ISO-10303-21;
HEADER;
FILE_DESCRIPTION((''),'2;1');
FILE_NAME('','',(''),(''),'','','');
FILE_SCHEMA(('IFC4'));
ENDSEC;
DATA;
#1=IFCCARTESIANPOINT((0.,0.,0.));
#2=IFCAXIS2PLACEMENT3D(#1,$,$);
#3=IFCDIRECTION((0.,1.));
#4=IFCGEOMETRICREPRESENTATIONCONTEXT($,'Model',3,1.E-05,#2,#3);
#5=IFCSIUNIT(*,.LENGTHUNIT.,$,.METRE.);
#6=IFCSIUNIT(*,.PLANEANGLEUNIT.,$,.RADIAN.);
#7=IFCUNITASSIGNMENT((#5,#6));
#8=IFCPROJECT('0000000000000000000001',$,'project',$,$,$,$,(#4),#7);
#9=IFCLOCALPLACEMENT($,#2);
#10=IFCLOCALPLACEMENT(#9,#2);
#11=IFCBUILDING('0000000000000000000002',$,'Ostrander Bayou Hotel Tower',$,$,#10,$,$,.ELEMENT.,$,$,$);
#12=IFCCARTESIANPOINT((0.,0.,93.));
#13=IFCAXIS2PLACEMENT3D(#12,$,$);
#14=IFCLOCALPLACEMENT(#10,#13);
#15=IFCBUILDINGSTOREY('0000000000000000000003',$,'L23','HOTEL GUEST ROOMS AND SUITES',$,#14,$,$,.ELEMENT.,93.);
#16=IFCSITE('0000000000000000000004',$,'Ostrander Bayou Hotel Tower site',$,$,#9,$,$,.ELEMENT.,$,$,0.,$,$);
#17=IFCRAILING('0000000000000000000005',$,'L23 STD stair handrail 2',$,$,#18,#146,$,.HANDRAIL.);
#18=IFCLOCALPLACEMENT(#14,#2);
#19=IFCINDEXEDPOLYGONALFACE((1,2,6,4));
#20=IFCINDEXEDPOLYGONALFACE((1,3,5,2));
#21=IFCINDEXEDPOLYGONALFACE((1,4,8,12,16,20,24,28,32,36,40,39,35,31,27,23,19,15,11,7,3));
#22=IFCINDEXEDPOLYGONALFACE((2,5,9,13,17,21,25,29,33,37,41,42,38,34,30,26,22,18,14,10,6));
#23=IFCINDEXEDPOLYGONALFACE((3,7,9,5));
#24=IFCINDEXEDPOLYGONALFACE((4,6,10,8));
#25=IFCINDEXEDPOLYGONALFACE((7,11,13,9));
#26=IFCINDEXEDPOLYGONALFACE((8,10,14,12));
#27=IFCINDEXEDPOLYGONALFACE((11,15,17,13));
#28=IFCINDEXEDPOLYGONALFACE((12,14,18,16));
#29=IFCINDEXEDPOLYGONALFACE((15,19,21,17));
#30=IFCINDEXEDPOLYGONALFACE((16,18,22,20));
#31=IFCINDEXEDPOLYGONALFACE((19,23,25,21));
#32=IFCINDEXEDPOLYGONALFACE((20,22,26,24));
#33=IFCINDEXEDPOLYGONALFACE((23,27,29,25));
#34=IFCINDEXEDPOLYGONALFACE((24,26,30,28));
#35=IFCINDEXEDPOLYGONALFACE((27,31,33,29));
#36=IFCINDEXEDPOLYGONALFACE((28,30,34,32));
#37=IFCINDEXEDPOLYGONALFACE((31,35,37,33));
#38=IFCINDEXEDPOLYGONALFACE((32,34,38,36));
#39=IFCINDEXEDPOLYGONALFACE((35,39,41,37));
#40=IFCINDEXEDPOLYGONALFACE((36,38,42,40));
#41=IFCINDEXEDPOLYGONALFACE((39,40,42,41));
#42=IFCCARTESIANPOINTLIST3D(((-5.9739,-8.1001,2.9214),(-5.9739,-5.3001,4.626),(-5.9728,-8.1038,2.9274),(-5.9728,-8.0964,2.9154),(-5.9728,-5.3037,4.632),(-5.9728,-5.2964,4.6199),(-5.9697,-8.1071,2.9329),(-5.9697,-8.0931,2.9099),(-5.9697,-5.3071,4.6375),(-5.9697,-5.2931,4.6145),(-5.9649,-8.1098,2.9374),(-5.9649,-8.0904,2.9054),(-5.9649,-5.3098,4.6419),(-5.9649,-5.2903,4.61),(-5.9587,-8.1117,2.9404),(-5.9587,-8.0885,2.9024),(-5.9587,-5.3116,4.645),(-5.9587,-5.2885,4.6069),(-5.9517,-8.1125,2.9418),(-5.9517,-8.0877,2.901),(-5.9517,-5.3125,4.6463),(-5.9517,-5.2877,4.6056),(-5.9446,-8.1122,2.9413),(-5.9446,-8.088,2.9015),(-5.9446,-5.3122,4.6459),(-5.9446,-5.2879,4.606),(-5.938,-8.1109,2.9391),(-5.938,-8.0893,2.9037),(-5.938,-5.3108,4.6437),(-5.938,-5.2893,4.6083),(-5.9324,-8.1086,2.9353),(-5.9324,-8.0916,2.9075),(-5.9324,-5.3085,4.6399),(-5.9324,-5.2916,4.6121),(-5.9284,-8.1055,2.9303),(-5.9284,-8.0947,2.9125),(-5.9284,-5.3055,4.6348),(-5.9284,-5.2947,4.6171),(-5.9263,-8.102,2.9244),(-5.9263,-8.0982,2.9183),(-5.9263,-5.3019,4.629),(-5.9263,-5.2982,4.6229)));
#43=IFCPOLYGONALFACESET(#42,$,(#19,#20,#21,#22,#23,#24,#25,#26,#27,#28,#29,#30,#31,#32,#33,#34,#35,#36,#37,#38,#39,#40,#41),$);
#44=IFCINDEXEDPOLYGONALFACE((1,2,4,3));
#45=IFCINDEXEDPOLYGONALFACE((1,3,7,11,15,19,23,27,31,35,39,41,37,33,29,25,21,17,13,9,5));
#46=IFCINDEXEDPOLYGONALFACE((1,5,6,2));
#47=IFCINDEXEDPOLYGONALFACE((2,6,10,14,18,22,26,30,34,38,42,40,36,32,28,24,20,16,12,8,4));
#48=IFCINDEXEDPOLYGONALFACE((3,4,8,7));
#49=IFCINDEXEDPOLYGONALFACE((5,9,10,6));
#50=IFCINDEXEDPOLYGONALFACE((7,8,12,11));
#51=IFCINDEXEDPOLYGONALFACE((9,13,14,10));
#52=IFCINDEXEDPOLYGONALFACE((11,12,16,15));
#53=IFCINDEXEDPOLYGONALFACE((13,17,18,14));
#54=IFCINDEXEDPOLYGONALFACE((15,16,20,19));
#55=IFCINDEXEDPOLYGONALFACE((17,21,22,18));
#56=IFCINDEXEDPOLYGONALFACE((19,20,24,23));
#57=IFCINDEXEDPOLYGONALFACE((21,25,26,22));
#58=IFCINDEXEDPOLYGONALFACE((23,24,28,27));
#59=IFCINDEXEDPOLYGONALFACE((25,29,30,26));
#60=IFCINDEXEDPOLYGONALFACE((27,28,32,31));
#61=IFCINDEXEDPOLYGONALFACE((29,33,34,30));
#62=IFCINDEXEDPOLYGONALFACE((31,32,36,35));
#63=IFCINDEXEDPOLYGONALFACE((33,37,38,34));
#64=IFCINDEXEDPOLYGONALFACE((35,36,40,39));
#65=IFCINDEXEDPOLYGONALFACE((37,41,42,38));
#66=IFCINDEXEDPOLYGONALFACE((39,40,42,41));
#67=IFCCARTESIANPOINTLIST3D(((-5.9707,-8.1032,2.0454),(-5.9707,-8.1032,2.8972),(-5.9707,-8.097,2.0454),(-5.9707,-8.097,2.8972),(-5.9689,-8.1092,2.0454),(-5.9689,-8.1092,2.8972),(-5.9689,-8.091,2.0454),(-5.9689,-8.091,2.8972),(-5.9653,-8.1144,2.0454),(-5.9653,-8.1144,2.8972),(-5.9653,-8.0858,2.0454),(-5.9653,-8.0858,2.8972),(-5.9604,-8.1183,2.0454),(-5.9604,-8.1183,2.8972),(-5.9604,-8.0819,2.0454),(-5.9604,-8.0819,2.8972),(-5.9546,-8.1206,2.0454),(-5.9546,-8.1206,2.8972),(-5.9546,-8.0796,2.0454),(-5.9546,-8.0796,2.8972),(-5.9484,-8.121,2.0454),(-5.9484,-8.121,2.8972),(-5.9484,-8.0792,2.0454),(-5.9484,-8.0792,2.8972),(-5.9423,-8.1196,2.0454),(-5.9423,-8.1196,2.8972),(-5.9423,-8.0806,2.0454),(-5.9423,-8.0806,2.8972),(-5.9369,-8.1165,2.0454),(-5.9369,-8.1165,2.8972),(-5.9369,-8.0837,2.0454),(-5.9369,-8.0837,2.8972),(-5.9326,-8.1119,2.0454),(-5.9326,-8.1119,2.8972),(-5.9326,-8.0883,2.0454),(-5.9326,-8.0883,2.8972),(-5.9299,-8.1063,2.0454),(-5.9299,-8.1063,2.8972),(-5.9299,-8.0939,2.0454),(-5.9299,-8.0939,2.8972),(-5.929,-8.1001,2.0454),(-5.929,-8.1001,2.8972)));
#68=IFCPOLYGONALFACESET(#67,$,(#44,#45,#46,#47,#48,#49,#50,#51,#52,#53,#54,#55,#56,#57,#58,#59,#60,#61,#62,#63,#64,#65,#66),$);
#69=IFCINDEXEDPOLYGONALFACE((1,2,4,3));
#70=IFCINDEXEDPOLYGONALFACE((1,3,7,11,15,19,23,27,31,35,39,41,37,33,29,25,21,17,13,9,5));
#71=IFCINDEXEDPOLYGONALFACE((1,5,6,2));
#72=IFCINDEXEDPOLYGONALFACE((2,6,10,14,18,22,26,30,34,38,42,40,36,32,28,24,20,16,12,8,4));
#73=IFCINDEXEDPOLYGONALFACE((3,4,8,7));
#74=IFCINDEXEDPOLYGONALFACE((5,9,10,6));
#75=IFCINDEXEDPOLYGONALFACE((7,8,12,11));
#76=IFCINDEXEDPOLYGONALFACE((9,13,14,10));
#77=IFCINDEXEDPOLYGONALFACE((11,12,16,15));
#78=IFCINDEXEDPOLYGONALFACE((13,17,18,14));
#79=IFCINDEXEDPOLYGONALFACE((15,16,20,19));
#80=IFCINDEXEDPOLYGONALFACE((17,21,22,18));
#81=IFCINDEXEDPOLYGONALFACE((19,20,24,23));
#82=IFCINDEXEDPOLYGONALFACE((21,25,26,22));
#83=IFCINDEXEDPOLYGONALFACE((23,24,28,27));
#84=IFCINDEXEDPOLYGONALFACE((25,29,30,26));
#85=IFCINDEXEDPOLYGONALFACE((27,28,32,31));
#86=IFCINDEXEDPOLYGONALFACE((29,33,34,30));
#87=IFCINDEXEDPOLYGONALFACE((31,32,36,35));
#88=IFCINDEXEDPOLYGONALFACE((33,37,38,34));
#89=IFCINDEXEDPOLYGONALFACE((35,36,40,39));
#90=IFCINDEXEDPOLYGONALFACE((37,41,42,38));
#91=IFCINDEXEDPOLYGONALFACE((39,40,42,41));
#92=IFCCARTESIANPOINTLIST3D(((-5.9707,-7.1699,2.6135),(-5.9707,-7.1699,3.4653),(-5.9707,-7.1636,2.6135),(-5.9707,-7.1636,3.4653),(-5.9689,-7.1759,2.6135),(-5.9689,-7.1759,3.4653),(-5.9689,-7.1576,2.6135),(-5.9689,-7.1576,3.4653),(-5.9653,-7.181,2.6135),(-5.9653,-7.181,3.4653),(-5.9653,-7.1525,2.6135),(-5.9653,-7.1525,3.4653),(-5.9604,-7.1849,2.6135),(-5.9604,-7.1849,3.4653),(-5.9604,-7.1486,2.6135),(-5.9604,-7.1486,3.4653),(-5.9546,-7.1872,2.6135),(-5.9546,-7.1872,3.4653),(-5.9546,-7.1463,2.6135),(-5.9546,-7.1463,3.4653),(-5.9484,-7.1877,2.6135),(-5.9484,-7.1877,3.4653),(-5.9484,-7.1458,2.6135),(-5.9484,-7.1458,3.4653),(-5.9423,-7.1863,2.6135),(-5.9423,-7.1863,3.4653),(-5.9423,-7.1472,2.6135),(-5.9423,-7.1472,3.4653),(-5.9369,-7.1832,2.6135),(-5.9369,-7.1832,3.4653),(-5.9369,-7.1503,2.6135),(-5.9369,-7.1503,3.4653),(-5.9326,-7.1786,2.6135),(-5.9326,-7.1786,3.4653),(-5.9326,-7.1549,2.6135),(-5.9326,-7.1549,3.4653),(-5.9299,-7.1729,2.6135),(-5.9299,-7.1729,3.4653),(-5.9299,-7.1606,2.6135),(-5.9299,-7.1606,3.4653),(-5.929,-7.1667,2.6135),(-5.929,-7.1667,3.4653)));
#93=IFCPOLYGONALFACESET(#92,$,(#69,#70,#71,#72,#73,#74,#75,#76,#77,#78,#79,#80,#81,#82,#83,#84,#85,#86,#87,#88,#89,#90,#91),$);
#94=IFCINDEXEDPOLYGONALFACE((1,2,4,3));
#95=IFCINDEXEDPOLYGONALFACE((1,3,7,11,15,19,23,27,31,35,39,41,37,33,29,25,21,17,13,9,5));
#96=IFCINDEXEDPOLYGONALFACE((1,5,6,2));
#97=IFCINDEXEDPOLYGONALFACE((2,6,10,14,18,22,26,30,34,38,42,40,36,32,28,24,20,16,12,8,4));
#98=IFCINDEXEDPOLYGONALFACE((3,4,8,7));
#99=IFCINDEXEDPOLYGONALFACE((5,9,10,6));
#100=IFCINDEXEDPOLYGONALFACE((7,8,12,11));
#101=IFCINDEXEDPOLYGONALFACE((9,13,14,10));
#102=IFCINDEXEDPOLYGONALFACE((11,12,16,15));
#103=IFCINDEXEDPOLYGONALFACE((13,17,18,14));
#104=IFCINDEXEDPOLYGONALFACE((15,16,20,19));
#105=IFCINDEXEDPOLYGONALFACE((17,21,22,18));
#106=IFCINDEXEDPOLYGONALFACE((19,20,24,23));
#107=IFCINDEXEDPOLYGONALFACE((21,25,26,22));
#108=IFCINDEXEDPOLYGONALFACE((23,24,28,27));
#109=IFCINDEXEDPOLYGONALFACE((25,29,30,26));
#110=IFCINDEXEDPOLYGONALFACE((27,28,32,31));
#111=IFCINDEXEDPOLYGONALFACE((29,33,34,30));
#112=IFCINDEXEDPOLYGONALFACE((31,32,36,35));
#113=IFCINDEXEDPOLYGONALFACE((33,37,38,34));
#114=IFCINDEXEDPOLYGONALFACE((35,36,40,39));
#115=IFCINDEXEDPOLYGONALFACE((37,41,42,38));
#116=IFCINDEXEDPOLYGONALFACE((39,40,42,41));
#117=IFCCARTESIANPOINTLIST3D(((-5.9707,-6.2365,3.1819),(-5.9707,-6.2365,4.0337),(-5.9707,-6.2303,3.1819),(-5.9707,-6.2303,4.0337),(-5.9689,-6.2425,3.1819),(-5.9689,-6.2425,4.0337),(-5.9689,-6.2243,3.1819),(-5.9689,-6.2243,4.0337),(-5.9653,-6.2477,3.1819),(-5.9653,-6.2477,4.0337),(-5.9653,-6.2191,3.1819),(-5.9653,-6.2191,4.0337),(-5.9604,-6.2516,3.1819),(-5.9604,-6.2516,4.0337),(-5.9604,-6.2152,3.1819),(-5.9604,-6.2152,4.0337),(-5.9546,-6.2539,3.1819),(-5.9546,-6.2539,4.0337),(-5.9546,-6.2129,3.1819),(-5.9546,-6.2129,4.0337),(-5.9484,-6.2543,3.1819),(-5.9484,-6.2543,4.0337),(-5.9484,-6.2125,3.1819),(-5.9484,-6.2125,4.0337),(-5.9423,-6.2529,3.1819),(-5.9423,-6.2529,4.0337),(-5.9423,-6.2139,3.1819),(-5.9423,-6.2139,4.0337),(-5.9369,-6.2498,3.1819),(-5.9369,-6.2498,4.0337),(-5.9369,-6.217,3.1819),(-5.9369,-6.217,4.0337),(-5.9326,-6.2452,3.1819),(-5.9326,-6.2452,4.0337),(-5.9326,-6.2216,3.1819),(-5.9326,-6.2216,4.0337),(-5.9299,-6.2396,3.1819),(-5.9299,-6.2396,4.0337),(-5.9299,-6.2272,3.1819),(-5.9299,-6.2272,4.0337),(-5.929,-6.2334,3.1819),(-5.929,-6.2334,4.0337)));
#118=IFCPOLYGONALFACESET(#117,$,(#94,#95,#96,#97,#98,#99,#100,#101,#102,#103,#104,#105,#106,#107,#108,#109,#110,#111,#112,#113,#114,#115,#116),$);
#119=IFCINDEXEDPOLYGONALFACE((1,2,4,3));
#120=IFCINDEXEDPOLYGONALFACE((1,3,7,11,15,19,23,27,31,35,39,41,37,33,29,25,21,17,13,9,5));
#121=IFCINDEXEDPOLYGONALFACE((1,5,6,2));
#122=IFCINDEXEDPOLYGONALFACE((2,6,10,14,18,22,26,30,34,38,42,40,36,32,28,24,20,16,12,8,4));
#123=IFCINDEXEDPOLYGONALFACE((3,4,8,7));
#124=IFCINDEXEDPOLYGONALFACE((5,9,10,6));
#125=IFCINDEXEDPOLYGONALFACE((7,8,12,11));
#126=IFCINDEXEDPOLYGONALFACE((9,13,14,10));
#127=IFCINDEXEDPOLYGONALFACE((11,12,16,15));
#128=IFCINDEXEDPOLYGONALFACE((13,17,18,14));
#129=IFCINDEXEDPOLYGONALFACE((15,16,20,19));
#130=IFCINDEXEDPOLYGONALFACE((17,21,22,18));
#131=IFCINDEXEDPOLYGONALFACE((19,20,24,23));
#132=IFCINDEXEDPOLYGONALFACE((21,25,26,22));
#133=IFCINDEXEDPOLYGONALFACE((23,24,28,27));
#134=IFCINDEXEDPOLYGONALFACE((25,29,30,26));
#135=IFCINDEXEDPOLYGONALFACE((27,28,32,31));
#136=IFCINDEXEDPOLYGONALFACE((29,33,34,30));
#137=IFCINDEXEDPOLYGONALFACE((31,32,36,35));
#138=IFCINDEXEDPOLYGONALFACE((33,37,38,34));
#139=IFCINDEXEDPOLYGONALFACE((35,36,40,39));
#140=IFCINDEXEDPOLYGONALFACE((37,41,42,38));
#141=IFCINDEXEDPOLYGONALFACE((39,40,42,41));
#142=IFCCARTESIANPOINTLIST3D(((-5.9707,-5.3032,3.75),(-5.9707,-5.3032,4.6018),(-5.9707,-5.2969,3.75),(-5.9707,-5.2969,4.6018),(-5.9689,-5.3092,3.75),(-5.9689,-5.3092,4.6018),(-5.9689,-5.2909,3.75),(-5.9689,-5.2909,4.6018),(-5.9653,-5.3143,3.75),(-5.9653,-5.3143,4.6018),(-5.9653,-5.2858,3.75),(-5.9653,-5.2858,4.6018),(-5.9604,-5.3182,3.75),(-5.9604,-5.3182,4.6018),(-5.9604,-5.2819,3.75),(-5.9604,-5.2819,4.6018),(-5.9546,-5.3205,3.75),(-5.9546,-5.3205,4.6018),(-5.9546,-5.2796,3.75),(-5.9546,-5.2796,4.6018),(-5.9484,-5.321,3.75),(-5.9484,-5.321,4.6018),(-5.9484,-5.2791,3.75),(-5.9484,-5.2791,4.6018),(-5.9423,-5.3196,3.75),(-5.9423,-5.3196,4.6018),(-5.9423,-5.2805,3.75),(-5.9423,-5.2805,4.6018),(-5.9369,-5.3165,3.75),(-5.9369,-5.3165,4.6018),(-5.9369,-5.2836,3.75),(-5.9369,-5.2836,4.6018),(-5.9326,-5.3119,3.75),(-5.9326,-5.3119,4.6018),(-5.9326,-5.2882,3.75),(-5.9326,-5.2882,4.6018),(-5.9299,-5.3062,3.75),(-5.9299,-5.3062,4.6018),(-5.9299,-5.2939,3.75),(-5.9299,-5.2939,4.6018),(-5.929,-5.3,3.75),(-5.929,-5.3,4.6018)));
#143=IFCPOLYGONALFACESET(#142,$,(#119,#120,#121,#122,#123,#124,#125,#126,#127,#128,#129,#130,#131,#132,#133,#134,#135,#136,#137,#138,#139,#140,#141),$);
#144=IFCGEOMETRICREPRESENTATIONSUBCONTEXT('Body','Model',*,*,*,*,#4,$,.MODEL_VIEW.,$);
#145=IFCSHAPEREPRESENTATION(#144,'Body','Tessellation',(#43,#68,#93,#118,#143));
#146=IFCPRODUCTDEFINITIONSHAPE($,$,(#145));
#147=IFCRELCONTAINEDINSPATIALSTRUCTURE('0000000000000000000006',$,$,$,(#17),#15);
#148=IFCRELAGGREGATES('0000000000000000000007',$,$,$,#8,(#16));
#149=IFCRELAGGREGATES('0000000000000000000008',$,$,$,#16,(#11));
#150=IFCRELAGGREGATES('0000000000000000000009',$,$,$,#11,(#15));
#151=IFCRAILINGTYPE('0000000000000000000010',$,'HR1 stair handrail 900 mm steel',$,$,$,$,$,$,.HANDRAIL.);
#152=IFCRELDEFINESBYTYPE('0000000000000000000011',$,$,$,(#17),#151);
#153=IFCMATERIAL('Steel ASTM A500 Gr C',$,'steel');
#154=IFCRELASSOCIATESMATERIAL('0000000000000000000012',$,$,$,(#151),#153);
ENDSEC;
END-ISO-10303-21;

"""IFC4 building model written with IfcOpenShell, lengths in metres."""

from ifc_helpers import new_model, si_unit, direction, frame, origin, origin_2d, place, context, subcontext, project, spatial, circle, extrude, material, type_object, element, save


model = new_model("IFC4")

# Units and contexts
model_context = context("Model", 3, precision=1e-05, world=origin(), true_north=direction((0.0, 1.0)))
body_context = subcontext(model_context, "Body", "Model", "MODEL_VIEW")
ifc_project = project(units=[si_unit("LENGTHUNIT", "METRE"), si_unit("PLANEANGLEUNIT", "RADIAN")], contexts=[model_context])

# Site, building, storey
site_placement = place(None, origin())
site = spatial("IfcSite", under=ifc_project, at=site_placement, Name="Ostrander Bayou Hotel Tower site", CompositionType="ELEMENT", RefElevation=0.0)
building_placement = place(site_placement, origin())
building = spatial("IfcBuilding", under=site, at=building_placement, Name="Ostrander Bayou Hotel Tower", CompositionType="ELEMENT")
storey_placement = place(building_placement, frame((0.0, 0.0, 93.0)))
storey = spatial("IfcBuildingStorey", under=building, at=storey_placement, Name="L23", Description="HOTEL GUEST ROOMS AND SUITES", CompositionType="ELEMENT", Elevation=93.0)

# Railing
ifc_material_1 = material(Name="Steel ASTM A500 Gr C", Category="steel")
railing_type_1 = type_object("IfcRailingType", Name="HR1 stair handrail 900 mm steel", PredefinedType="HANDRAIL", material=ifc_material_1)
railing_1_placement = place(storey_placement, frame((-5.95, -8.1001, 2.0454)))
element("IfcRailing", 1, at=railing_1_placement, inside=storey, type_object=railing_type_1, Name="L23 STD stair handrail 2", PredefinedType="HANDRAIL", context=body_context, shape_type="SweptSolid", body=[
    extrude(circle(Radius=0.0239, at=origin_2d()), frame((0.0, 0.0, 0.876), z_axis=(0.0, 0.85417, 0.519994), x_axis=(-1.0, 0.0, 0.0)), (0.0, 0.0, 1.0), 3.2781),
    extrude(circle(Radius=0.021, at=origin_2d()), origin(), (0.0, 0.0, 1.0), 0.8518),
    extrude(circle(Radius=0.021, at=origin_2d()), frame((0.0, 0.9333, 0.5681)), (0.0, 0.0, 1.0), 0.8518),
    extrude(circle(Radius=0.021, at=origin_2d()), frame((0.0, 1.8667, 1.1365)), (0.0, 0.0, 1.0), 0.8518),
    extrude(circle(Radius=0.021, at=origin_2d()), frame((0.0, 2.8, 1.7046)), (0.0, 0.0, 1.0), 0.8518),
])

save(model, "model.ifc")
